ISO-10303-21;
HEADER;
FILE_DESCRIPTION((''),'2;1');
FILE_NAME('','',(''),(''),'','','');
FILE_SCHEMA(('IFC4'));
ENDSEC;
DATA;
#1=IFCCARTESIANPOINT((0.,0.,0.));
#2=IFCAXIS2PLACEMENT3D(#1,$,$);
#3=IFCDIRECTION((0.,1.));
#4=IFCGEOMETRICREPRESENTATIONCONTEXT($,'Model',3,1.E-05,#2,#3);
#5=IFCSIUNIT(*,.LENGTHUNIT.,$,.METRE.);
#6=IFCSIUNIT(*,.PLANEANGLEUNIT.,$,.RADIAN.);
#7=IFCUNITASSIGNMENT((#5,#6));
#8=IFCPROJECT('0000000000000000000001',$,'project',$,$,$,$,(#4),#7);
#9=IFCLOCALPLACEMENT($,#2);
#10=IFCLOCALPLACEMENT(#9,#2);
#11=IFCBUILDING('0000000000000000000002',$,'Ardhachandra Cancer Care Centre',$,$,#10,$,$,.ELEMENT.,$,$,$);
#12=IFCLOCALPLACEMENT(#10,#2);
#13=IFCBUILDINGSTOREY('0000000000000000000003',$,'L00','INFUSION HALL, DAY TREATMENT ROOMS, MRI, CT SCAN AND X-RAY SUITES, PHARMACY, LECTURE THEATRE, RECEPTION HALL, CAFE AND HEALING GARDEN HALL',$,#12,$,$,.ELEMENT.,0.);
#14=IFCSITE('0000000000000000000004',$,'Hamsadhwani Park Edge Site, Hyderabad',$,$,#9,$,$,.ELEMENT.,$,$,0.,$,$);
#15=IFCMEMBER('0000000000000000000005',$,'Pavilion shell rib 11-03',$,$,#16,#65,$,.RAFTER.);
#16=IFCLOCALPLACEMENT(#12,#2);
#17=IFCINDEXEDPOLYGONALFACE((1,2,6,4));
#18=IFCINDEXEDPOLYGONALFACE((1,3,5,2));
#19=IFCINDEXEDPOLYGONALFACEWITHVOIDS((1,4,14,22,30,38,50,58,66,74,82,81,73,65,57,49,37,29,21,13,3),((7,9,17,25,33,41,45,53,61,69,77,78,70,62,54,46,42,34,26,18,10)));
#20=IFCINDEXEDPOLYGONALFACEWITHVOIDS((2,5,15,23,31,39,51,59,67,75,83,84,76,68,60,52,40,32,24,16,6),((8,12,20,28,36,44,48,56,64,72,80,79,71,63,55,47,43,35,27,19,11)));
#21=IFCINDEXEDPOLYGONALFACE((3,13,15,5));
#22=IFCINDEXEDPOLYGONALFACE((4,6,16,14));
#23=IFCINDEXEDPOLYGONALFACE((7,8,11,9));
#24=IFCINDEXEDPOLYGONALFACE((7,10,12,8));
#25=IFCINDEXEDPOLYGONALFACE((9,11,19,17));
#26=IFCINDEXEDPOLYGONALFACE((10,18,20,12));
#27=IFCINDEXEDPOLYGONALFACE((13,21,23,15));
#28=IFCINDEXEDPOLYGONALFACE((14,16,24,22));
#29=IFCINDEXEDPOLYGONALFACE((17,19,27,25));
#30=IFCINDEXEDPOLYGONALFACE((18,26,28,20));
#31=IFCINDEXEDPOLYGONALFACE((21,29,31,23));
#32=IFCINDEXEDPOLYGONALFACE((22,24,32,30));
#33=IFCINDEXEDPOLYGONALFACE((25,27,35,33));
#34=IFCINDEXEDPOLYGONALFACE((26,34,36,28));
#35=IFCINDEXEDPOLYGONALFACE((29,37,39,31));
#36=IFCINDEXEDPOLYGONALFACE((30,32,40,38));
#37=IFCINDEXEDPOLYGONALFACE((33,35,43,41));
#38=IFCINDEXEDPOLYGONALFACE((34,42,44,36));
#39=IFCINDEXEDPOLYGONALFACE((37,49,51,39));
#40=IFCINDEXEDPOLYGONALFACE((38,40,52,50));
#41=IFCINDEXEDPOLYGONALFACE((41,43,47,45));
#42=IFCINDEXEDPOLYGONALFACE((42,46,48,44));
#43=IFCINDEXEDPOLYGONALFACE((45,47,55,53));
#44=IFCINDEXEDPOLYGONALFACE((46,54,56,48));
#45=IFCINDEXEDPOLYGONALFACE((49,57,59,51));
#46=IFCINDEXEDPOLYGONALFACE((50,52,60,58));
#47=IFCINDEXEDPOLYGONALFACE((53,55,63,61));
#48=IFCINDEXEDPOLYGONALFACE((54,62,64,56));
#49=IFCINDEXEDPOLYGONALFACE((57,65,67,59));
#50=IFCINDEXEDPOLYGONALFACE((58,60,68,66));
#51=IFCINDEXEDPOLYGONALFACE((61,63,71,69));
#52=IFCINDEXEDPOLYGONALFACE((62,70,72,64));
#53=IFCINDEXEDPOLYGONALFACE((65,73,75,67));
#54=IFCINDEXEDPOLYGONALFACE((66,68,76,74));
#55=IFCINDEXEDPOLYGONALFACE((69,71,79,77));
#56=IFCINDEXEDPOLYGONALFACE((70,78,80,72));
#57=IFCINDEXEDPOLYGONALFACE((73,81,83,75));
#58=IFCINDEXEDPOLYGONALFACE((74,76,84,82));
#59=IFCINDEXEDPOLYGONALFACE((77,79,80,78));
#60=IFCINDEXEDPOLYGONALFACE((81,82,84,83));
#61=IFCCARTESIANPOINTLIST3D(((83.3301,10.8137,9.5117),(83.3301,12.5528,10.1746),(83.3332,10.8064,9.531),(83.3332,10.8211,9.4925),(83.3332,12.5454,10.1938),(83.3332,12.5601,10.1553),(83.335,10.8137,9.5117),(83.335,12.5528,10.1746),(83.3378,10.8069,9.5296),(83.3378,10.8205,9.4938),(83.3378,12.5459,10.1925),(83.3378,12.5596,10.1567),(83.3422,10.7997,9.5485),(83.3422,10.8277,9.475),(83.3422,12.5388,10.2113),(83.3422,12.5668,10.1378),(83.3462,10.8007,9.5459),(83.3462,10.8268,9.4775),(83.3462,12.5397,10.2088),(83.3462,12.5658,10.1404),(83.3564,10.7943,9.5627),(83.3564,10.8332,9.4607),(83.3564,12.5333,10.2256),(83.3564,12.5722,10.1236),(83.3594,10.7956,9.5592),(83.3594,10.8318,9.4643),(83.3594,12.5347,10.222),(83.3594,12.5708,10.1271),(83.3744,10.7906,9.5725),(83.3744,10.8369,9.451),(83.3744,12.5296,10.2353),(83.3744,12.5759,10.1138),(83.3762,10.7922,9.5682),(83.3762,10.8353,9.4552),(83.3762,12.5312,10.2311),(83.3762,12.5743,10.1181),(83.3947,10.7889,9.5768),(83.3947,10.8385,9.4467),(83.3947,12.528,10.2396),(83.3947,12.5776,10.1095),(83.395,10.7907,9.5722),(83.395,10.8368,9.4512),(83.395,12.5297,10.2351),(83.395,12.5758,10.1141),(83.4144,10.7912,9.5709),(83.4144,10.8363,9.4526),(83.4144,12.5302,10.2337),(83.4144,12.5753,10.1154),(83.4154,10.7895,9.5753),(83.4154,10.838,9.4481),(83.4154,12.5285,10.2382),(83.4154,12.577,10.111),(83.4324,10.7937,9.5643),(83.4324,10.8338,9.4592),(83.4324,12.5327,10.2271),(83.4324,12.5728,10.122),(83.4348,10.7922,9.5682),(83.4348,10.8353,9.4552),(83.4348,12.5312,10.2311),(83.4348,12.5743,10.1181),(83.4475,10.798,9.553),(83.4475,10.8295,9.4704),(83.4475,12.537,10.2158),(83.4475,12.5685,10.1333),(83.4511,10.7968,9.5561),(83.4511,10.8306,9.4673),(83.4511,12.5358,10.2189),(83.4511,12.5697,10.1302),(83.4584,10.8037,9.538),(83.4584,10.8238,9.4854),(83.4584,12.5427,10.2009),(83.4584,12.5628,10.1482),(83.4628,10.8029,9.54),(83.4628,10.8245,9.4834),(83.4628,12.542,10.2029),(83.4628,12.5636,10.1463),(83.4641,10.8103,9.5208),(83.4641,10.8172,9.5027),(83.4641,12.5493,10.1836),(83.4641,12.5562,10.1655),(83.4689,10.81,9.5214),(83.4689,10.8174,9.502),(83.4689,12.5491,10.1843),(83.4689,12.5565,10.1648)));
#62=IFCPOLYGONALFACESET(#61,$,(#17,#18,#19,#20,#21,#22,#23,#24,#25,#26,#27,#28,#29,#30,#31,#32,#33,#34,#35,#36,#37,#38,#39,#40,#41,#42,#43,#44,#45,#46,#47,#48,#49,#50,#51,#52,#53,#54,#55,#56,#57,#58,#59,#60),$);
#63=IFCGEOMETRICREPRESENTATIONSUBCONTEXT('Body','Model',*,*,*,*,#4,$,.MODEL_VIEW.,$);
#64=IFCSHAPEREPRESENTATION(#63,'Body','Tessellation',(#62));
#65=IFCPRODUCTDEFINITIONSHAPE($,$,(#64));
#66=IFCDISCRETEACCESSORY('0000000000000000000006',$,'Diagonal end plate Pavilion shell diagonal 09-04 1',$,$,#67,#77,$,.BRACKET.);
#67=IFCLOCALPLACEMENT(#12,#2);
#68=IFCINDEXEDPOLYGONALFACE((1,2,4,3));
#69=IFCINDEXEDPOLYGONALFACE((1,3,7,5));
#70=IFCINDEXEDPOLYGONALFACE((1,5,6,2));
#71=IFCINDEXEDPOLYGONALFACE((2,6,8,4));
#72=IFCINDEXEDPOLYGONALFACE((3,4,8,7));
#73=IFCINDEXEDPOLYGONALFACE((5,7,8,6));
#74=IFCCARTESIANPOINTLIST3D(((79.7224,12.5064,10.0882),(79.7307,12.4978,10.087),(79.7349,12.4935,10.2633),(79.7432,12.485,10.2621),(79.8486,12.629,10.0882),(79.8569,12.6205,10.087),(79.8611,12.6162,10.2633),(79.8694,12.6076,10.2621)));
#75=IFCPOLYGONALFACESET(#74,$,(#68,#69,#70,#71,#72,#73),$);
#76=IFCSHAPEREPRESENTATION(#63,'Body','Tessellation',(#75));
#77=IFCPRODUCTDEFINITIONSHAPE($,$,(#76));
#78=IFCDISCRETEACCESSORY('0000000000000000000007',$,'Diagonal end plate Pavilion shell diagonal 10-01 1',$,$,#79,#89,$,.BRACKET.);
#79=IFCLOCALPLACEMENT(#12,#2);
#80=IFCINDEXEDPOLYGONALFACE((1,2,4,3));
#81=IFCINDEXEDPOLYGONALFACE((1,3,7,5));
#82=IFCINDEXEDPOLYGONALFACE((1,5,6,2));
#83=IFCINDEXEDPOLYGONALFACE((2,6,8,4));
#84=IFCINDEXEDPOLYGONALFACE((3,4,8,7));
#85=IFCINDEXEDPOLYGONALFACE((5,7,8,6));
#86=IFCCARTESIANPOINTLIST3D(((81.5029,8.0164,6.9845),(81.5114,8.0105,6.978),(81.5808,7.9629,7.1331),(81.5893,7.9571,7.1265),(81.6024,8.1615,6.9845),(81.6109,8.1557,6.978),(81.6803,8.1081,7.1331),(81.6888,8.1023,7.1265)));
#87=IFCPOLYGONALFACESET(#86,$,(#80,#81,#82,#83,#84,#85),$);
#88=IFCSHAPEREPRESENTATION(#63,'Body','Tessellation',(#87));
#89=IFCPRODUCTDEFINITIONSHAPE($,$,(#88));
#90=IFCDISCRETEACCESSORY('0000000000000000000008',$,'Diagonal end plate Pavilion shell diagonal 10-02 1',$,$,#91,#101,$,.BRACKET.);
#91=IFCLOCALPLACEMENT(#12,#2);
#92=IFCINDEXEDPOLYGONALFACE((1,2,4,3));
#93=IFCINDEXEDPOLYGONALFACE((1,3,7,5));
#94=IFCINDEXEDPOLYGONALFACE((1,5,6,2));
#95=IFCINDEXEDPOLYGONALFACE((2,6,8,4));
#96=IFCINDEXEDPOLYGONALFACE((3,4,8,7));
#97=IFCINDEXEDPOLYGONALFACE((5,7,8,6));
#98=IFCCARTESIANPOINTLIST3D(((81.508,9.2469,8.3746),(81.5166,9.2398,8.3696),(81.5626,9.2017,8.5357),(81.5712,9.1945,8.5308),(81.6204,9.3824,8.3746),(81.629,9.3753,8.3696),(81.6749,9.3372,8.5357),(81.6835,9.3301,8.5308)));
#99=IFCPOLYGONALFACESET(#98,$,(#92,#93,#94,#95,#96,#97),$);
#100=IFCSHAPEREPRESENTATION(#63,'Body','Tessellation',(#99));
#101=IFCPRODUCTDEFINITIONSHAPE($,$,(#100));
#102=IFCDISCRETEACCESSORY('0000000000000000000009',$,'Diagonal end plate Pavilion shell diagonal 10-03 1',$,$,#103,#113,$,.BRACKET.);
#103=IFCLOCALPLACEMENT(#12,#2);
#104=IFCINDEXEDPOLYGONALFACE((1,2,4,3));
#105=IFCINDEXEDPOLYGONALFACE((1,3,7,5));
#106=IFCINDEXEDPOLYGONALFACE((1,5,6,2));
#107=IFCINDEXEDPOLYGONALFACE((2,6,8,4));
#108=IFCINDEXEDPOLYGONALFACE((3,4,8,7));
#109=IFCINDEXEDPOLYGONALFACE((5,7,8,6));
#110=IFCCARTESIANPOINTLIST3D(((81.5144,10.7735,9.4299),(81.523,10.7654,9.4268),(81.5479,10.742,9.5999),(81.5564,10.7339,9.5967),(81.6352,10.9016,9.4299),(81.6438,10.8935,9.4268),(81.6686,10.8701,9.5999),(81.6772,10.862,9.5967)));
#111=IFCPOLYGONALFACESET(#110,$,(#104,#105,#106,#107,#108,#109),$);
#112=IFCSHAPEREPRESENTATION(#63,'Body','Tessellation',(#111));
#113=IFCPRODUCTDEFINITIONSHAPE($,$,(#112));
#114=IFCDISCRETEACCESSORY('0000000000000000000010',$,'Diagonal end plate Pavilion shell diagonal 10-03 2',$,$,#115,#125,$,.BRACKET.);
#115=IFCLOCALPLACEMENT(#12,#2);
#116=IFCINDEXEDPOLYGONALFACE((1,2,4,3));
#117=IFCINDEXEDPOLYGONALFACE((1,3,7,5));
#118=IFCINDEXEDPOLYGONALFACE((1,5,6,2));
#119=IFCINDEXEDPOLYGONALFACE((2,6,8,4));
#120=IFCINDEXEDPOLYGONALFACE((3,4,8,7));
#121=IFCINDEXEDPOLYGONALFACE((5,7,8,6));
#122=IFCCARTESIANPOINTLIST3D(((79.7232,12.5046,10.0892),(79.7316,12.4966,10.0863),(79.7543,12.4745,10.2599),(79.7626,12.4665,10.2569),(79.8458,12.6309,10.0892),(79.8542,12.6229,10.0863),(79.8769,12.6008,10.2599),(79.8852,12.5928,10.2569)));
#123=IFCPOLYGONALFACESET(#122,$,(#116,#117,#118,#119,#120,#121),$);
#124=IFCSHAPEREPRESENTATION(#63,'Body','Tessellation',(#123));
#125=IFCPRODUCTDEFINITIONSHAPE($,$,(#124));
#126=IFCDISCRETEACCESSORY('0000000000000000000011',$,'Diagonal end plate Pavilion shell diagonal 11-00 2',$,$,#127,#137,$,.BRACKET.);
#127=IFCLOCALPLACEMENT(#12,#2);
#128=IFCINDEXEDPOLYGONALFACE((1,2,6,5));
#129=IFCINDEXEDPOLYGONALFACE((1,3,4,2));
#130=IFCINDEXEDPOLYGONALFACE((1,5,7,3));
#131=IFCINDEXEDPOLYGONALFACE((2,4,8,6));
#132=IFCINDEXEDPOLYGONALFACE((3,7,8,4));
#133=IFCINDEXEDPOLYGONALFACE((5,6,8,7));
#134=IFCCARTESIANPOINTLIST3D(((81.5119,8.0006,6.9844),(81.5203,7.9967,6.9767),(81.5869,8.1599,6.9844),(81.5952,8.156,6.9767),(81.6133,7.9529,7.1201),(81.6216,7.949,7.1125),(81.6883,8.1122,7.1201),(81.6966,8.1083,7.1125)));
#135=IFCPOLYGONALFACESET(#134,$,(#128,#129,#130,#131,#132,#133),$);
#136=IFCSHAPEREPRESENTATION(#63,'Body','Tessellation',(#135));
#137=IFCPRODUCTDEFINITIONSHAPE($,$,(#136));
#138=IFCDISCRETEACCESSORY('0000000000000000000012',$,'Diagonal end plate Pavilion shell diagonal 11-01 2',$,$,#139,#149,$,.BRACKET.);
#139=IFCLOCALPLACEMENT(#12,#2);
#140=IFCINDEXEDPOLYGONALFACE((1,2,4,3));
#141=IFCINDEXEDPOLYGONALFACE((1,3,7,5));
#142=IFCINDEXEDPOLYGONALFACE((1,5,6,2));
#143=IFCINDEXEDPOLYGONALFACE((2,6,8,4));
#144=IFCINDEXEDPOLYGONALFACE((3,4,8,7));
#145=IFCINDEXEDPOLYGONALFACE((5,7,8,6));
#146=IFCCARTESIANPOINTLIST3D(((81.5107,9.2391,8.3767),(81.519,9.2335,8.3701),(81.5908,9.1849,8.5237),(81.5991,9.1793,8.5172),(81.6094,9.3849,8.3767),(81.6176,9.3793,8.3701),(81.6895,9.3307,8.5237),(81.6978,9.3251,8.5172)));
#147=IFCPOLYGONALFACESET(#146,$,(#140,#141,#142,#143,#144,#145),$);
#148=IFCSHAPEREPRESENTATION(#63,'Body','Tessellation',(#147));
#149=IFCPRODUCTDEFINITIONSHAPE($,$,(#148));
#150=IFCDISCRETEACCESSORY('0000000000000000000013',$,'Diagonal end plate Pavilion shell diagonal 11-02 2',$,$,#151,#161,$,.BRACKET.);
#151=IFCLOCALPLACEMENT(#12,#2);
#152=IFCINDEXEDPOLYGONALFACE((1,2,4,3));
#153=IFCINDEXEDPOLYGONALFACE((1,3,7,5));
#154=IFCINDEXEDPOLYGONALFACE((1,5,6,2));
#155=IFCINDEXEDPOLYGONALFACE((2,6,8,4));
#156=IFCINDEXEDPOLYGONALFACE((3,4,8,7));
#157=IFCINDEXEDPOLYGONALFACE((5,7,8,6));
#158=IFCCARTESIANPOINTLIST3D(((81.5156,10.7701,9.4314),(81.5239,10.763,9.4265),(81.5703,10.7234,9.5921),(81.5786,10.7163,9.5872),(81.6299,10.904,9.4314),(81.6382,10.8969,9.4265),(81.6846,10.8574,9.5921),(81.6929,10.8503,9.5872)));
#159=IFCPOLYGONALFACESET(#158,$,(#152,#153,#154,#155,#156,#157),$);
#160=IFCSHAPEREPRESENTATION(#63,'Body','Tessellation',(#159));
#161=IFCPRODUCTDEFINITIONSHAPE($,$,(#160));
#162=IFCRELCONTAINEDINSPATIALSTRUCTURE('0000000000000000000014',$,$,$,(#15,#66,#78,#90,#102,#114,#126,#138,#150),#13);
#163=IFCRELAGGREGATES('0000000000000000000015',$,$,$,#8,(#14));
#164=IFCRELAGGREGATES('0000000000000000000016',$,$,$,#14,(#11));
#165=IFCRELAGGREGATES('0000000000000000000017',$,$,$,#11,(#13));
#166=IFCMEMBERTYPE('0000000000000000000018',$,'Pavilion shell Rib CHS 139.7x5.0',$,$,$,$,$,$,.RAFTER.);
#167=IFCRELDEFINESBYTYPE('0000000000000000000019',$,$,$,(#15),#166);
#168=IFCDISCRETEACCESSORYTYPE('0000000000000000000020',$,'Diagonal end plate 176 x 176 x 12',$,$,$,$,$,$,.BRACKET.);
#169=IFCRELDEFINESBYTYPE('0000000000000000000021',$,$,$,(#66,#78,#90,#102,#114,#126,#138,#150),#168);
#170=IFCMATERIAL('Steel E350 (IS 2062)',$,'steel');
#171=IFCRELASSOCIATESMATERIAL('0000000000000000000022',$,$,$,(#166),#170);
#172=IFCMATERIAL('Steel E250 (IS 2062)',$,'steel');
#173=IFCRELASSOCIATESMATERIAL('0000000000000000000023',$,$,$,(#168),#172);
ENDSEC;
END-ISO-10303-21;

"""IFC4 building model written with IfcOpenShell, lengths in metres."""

from ifc_helpers import new_model, si_unit, direction, frame, origin, origin_2d, place, context, subcontext, project, spatial, rectangle, hollow_circle, extrude, material, material_profile, profile_set, type_object, element, save


model = new_model("IFC4")

# Units and contexts
model_context = context("Model", 3, precision=1e-05, world=origin(), true_north=direction((0.0, 1.0)))
body_context = subcontext(model_context, "Body", "Model", "MODEL_VIEW")
ifc_project = project(units=[si_unit("LENGTHUNIT", "METRE"), si_unit("PLANEANGLEUNIT", "RADIAN")], contexts=[model_context])

# Site, building, storey
site_placement = place(None, origin())
site = spatial("IfcSite", under=ifc_project, at=site_placement, Name="Hamsadhwani Park Edge Site, Hyderabad", CompositionType="ELEMENT", RefElevation=0.0)
building_placement = place(site_placement, origin())
building = spatial("IfcBuilding", under=site, at=building_placement, Name="Ardhachandra Cancer Care Centre", CompositionType="ELEMENT")
storey_placement = place(building_placement, origin())
storey = spatial("IfcBuildingStorey", under=building, at=storey_placement, Name="L00", Description="INFUSION HALL, DAY TREATMENT ROOMS, MRI, CT SCAN AND X-RAY SUITES, PHARMACY, LECTURE THEATRE, RECEPTION HALL, CAFE AND HEALING GARDEN HALL", CompositionType="ELEMENT", Elevation=0.0)

# Member
ifc_material_1 = material(Name="Steel E350 (IS 2062)", Category="steel")
ifc_material_profile_1 = material_profile(ifc_material_1, hollow_circle(Radius=0.0698, WallThickness=0.0049, at=origin_2d()), Name="CHS 139.7x5.0")
ifc_profile_set_1 = profile_set([ifc_material_profile_1], Name="Steel E350 (IS 2062)")
member_type_1 = type_object("IfcMemberType", Name="Pavilion shell Rib CHS 139.7x5.0", PredefinedType="RAFTER", material=ifc_profile_set_1)
for number, where, z_axis, x_axis, name in (
    (1, (83.3999, 10.8137, 9.5117), (0.0, 0.934423, 0.356164), (-1.0, 0.0, 0.0), "Pavilion shell rib 11-03"),
):
    element("IfcMember", number, at=place(storey_placement, frame(where, z_axis=z_axis, x_axis=x_axis)), inside=storey, type_object=member_type_1, Name=name, PredefinedType="RAFTER", context=body_context, shape_type="SweptSolid", body=[
        extrude(hollow_circle(Radius=0.0698, WallThickness=0.0049, at=origin_2d()), origin(), (0.0, 0.0, 1.0), 1.8611),
    ])

# Discrete accessories
ifc_material_2 = material(Name="Steel E250 (IS 2062)", Category="steel")
ifc_material_profile_2 = material_profile(ifc_material_2, rectangle(XDim=0.176, YDim=0.176, at=origin_2d()), Name="PL 176x176x12")
ifc_profile_set_2 = profile_set([ifc_material_profile_2], Name="Steel E250 (IS 2062)")
discrete_accessory_type = type_object("IfcDiscreteAccessoryType", Name="Diagonal end plate 176 x 176 x 12", PredefinedType="BRACKET", material=ifc_profile_set_2)
discrete_accessory_placement = place(storey_placement, frame((79.8, 12.5527, 10.1746), z_axis=(-0.693156, 0.713543, 0.101935), x_axis=(-0.717279, -0.696786, 0.0)))
element("IfcDiscreteAccessory", 2, at=discrete_accessory_placement, inside=storey, type_object=discrete_accessory_type, Name="Diagonal end plate Pavilion shell diagonal 09-04 1", PredefinedType="BRACKET", context=body_context, shape_type="SweptSolid", body=[
    extrude(rectangle(XDim=0.176, YDim=0.176, at=origin_2d()), origin(), (0.0, 0.0, 1.0), 0.012),
])
for number, where, z_axis, x_axis, name in (
    (3, (81.6001, 8.0564, 7.0522), (-0.695837, 0.477146, 0.536789), (-0.565528, -0.824729, 0.0), "Diagonal end plate Pavilion shell diagonal 10-01 1"),
    (4, (81.6001, 9.2849, 8.4502), (-0.704809, 0.583985, 0.402748), (-0.638018, -0.770022, 0.0), "Diagonal end plate Pavilion shell diagonal 10-02 1"),
    (5, (81.6001, 10.8137, 9.5117), (-0.702392, 0.662256, 0.260889), (-0.686013, -0.727589, 0.0), "Diagonal end plate Pavilion shell diagonal 10-03 1"),
):
    element("IfcDiscreteAccessory", number, at=place(storey_placement, frame(where, z_axis=z_axis, x_axis=x_axis)), inside=storey, type_object=discrete_accessory_type, Name=name, PredefinedType="BRACKET", context=body_context, shape_type="SweptSolid", body=[
        extrude(rectangle(XDim=0.176, YDim=0.176, at=origin_2d()), origin(), (0.0, 0.0, 1.0), 0.0122),
    ])
for number, where, z_axis, x_axis, name in (
    (6, (79.8, 12.5527, 10.1746), (0.695618, -0.675159, -0.245512), (0.696475, 0.717581, 0.0), "Diagonal end plate Pavilion shell diagonal 10-03 2"),
    (7, (81.6001, 8.0564, 7.0522), (0.697959, -0.328451, -0.636375), (0.425797, 0.904819, 0.0), "Diagonal end plate Pavilion shell diagonal 11-00 2"),
    (8, (81.6001, 9.2849, 8.4502), (0.692007, -0.468122, -0.549535), (0.560309, 0.828283, 0.0), "Diagonal end plate Pavilion shell diagonal 11-01 2"),
    (9, (81.6001, 10.8137, 9.5117), (0.694456, -0.59233, -0.408504), (0.648947, 0.760834, 0.0), "Diagonal end plate Pavilion shell diagonal 11-02 2"),
):
    element("IfcDiscreteAccessory", number, at=place(storey_placement, frame(where, z_axis=z_axis, x_axis=x_axis)), inside=storey, type_object=discrete_accessory_type, Name=name, PredefinedType="BRACKET", context=body_context, shape_type="SweptSolid", body=[
        extrude(rectangle(XDim=0.176, YDim=0.176, at=origin_2d()), origin(), (0.0, 0.0, 1.0), 0.012),
    ])

save(model, "model.ifc")
